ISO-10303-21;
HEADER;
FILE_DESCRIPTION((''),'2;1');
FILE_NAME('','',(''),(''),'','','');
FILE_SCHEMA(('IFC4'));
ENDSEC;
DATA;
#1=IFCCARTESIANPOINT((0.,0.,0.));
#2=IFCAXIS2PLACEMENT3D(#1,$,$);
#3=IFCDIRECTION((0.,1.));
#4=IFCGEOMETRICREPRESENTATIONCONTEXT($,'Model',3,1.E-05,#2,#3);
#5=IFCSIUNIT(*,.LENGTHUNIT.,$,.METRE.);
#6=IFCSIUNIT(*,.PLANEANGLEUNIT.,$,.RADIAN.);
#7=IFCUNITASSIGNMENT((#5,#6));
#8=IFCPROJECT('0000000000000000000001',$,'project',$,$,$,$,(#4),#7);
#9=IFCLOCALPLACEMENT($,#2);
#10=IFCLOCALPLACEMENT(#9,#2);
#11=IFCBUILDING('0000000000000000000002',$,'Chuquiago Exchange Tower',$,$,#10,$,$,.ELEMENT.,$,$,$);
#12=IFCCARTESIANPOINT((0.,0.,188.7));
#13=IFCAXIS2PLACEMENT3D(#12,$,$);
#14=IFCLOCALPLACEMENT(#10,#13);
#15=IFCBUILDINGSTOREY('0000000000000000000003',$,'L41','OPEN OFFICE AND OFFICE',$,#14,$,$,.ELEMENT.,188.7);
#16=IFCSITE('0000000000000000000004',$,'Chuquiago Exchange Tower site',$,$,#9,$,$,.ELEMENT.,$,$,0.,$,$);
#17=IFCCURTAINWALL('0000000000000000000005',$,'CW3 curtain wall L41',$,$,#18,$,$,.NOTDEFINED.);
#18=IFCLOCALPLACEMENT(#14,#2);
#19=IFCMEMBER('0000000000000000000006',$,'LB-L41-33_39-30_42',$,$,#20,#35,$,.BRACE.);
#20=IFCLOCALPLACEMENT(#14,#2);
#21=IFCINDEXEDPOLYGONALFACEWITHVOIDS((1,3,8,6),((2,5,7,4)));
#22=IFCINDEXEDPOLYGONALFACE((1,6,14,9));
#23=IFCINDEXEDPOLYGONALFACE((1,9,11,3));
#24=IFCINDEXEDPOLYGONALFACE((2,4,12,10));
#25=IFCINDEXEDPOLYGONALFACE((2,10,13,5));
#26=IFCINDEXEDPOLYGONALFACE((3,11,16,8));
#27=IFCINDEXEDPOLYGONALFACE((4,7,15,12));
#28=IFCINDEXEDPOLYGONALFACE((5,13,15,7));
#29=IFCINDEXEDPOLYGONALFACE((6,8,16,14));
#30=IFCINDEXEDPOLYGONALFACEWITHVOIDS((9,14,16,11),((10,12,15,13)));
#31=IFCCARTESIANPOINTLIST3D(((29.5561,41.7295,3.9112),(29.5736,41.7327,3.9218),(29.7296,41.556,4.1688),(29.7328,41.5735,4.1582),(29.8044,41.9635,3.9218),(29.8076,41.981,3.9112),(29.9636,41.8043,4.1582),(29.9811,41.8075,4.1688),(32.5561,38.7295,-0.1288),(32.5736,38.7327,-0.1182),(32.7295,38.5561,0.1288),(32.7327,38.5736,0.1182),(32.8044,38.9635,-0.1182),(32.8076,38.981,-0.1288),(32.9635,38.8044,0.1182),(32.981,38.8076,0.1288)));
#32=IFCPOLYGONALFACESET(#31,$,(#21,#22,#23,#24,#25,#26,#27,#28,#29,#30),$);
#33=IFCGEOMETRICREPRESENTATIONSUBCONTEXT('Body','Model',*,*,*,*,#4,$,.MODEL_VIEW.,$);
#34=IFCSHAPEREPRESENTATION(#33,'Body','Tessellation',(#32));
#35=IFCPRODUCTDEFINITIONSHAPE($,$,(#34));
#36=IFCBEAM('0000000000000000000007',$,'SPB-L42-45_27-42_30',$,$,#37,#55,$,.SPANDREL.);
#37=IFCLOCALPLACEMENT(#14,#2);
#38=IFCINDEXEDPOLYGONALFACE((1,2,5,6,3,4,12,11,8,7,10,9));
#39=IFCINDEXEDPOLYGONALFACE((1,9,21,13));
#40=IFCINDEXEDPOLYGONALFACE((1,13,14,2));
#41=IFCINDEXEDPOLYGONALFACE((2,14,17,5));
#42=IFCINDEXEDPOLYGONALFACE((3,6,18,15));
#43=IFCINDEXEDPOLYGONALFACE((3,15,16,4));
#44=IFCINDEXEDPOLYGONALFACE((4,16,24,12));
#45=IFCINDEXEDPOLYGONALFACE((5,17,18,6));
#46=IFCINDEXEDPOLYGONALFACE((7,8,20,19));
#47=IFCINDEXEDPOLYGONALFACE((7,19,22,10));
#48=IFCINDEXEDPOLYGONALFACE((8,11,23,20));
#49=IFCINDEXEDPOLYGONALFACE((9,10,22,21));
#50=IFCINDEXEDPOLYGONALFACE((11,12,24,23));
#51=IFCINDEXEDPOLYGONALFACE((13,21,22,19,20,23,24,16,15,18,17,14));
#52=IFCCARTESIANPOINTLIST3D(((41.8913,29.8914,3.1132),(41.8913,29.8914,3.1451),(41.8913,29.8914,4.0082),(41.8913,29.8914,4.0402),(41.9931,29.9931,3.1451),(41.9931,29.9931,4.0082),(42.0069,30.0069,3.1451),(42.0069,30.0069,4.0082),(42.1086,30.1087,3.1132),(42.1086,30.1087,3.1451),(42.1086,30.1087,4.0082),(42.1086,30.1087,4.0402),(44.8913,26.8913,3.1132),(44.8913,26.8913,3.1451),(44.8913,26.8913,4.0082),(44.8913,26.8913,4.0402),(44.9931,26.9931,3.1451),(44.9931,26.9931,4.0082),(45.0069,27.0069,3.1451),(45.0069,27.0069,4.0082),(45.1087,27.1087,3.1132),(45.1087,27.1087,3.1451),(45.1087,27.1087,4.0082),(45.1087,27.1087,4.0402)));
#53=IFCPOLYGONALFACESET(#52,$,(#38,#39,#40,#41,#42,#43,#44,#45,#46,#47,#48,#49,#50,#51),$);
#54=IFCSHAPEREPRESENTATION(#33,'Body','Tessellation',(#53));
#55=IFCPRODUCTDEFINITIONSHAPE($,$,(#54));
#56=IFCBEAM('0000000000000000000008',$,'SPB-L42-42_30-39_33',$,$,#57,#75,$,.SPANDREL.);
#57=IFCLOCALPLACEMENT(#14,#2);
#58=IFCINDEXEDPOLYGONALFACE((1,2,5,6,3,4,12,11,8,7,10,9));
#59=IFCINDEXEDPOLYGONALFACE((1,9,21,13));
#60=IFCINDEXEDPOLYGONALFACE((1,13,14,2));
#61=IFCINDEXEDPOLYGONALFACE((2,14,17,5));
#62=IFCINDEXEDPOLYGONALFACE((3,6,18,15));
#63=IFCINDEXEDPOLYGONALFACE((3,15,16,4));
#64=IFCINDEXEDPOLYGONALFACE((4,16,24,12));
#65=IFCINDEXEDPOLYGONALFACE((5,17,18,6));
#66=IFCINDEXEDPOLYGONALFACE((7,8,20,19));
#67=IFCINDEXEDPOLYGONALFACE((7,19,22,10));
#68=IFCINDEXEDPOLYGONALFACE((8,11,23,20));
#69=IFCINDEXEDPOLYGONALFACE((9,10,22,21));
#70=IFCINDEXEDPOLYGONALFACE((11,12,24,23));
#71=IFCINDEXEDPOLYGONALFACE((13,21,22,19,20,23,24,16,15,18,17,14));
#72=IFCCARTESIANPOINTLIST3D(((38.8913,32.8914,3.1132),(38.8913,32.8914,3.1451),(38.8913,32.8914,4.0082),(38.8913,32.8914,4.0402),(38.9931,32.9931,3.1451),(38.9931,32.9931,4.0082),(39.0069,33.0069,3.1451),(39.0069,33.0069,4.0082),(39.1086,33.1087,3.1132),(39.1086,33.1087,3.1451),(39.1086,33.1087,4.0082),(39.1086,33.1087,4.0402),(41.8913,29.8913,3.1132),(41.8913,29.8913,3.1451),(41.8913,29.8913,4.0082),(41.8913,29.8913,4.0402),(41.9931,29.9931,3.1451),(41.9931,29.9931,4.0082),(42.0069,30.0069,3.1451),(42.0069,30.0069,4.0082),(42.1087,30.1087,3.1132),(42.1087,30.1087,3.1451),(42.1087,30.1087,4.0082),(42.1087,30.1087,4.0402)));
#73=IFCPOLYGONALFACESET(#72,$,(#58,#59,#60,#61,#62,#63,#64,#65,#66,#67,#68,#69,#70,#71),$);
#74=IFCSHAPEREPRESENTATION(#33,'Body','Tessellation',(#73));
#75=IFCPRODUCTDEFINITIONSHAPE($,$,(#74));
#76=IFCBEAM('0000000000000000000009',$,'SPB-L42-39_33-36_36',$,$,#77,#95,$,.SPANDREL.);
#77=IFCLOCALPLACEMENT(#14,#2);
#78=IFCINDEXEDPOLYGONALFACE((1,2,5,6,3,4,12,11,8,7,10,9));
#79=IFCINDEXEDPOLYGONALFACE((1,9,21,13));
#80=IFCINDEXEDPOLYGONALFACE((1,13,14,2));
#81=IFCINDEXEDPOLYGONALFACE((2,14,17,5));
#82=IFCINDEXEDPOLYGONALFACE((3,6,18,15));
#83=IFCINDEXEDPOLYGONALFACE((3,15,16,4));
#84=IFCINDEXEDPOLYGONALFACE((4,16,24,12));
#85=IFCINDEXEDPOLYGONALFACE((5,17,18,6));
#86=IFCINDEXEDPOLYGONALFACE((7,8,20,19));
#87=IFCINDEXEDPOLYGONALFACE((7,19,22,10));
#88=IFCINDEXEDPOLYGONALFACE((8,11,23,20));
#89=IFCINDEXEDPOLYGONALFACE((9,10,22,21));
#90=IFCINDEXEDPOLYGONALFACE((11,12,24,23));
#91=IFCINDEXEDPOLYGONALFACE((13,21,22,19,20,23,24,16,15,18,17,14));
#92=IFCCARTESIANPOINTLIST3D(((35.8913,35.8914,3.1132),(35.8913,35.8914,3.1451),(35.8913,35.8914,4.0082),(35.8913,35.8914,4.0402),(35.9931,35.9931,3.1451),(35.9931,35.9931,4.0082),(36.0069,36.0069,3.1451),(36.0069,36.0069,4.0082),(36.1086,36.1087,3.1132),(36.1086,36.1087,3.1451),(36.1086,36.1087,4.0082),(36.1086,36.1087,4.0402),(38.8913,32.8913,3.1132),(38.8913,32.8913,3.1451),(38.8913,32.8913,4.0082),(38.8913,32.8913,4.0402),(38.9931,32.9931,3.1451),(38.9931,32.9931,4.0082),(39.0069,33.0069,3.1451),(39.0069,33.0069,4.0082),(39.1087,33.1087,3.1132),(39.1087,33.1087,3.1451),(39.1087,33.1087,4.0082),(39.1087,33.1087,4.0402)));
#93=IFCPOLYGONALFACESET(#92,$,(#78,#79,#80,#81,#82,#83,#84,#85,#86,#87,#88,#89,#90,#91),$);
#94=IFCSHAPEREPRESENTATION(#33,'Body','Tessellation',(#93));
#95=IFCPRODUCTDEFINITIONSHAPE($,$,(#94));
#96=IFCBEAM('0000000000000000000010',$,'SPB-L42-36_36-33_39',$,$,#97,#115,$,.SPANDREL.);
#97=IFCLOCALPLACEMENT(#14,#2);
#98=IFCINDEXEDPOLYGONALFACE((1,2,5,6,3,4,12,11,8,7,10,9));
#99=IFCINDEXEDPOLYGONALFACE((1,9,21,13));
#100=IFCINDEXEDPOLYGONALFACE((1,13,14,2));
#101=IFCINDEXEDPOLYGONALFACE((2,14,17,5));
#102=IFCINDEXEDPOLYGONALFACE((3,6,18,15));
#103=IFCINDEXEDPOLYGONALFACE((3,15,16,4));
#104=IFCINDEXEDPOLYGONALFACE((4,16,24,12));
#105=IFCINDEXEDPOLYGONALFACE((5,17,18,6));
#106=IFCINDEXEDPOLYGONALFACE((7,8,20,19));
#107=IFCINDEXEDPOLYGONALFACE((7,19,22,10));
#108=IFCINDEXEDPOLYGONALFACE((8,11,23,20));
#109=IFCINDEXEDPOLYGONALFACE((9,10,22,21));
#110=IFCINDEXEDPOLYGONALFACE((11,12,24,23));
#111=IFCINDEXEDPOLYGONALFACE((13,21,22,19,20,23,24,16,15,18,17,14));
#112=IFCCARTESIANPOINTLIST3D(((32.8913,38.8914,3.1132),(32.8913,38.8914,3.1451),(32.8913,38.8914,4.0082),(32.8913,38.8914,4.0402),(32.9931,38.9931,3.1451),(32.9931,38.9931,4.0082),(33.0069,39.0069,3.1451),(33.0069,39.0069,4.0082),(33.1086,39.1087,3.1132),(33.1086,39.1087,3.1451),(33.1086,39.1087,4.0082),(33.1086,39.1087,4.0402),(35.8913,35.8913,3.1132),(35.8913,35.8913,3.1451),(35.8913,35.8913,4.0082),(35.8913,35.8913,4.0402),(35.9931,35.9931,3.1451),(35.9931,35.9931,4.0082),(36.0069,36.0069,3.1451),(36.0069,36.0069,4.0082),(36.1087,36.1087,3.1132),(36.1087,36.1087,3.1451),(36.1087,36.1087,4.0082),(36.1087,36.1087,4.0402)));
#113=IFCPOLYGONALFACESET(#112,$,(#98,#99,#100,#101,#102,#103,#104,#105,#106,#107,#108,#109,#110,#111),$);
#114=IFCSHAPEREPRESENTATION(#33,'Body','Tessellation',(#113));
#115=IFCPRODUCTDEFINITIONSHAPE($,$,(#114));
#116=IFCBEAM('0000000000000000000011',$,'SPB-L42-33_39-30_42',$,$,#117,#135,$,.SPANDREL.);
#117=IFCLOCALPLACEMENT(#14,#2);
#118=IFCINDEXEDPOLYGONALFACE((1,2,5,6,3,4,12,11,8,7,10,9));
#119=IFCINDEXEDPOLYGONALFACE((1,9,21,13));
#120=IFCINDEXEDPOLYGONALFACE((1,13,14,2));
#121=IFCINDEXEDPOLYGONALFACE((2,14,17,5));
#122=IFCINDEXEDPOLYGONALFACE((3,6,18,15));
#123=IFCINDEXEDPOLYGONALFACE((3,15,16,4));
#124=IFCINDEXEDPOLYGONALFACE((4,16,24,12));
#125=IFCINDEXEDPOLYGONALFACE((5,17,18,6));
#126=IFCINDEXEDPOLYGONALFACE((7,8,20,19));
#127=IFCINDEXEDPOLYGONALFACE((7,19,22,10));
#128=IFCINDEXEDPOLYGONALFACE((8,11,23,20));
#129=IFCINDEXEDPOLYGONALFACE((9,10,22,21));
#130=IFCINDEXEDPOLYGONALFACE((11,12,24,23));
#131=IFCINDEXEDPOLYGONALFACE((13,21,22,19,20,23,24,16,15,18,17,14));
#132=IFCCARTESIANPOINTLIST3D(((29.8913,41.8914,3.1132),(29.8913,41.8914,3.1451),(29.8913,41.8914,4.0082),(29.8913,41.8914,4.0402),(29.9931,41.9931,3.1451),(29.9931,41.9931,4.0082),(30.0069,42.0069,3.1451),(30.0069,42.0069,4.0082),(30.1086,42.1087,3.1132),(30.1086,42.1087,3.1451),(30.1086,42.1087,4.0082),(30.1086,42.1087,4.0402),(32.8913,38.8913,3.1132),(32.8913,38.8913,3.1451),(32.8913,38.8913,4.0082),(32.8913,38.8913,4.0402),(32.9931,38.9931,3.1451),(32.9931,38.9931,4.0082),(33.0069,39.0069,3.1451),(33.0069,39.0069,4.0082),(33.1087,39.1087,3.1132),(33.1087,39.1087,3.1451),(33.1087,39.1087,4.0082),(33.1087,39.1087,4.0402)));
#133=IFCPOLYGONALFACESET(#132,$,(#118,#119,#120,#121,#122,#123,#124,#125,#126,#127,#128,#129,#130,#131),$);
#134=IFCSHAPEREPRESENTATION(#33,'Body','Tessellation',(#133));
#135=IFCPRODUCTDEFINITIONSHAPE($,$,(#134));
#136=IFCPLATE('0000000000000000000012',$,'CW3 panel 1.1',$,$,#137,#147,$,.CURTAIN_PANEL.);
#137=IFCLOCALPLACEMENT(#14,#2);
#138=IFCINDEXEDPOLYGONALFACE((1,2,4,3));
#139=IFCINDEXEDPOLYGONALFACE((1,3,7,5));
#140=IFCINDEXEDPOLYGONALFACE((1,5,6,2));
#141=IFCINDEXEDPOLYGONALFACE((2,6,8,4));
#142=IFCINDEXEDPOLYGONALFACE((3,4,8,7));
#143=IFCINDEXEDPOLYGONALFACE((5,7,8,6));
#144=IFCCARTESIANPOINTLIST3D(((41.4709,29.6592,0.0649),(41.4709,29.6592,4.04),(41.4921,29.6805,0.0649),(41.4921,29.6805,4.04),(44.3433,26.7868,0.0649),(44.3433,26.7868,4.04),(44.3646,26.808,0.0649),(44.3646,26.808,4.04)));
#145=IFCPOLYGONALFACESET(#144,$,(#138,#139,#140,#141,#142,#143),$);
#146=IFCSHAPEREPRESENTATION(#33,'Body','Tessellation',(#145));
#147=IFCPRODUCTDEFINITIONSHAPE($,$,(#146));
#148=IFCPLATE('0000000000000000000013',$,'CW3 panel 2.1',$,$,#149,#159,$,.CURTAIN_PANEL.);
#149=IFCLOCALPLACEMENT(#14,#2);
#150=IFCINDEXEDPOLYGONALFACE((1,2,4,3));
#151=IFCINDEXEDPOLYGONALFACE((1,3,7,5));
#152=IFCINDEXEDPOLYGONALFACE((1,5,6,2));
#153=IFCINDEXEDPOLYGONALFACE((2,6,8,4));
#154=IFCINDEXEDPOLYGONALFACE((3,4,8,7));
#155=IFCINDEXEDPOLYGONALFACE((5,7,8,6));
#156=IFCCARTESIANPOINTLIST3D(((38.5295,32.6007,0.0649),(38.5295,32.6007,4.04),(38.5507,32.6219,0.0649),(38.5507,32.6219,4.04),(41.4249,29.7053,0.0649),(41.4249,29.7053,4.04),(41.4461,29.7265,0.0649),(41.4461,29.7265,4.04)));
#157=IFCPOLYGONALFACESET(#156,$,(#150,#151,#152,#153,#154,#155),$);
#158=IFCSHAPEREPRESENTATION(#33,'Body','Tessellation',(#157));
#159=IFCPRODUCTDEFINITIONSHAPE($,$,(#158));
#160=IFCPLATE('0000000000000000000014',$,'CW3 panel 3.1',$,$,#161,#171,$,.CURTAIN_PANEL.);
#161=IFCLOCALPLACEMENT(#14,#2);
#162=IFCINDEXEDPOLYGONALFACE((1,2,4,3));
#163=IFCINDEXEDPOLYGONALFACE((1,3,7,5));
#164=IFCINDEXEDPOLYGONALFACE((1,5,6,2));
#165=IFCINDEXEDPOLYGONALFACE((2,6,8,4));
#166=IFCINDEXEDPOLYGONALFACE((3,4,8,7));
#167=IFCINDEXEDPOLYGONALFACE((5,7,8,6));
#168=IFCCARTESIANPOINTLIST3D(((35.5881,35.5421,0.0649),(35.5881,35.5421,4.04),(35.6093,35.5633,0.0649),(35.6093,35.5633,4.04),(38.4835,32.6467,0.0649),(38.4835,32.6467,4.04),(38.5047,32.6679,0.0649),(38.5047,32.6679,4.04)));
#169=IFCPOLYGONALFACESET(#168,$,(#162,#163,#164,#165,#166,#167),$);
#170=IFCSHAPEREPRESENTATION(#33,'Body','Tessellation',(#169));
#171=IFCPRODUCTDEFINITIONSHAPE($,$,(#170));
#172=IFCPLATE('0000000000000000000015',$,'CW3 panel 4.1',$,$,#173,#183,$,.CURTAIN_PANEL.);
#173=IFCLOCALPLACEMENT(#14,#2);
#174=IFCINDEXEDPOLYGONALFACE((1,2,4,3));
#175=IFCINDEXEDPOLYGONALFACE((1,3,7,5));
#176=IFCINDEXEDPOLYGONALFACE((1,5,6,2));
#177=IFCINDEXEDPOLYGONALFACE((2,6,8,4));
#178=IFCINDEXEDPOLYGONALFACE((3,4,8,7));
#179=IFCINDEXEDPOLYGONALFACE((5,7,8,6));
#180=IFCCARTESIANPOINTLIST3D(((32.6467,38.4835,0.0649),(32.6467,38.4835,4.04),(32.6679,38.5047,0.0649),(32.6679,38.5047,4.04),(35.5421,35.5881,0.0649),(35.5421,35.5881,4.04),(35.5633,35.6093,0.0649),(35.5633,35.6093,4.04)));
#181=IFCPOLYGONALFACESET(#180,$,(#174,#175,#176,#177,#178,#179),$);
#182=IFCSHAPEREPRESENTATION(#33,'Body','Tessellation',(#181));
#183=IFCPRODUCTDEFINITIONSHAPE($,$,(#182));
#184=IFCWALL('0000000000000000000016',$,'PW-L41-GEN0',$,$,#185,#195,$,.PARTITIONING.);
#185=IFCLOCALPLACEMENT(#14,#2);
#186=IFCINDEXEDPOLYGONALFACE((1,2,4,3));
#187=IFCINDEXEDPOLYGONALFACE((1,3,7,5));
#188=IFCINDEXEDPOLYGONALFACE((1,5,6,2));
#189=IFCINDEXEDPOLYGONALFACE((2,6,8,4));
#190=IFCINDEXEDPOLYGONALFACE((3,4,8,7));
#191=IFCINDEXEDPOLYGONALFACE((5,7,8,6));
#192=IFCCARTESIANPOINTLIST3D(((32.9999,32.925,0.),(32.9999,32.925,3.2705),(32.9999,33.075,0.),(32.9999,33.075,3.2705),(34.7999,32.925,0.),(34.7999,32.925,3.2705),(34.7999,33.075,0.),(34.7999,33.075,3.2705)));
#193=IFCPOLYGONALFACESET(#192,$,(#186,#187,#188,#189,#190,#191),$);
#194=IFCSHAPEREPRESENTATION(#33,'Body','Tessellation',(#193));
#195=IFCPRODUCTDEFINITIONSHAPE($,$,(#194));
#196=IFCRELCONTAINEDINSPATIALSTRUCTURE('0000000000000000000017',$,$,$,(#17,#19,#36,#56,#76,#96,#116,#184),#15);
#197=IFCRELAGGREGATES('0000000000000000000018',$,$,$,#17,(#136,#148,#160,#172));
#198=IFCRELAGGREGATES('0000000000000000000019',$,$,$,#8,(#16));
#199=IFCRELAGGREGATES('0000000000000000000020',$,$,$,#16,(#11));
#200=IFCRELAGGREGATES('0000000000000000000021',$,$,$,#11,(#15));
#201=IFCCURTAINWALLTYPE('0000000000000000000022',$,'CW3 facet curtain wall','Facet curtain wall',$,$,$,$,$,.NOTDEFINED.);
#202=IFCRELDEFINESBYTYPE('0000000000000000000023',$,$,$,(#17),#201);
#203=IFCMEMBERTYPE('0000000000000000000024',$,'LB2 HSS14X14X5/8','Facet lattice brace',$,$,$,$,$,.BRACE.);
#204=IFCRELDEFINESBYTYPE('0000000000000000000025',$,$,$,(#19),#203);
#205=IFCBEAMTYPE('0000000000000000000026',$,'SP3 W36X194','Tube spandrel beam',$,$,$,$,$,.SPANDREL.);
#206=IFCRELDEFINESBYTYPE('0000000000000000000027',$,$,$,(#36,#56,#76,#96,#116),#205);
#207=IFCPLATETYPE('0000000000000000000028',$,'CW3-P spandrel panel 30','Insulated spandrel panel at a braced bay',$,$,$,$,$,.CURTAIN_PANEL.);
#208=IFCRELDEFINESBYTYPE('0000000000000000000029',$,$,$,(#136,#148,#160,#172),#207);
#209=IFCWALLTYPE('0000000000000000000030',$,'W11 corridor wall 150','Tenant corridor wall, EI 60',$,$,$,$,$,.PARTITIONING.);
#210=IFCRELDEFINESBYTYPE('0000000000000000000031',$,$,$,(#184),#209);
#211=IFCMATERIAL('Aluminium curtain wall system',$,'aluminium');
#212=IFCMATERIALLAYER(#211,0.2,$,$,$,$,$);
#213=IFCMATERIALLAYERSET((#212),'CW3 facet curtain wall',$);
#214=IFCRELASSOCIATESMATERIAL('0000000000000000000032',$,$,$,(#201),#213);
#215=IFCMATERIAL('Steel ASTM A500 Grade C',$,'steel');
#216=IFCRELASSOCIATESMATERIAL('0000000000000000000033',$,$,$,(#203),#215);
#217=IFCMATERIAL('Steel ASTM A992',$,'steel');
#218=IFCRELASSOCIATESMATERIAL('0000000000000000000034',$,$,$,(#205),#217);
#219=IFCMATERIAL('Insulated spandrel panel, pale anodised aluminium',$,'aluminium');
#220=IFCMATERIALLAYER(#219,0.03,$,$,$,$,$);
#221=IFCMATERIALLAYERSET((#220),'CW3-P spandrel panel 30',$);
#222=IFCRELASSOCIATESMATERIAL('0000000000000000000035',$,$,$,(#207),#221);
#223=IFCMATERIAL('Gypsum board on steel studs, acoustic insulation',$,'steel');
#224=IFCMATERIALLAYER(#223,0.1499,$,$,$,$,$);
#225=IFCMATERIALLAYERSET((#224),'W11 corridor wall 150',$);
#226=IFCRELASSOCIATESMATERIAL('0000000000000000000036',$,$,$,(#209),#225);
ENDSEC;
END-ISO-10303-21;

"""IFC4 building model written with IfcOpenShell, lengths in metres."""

from ifc_helpers import new_model, si_unit, direction, frame, frame_2d, origin, origin_2d, place, context, subcontext, project, spatial, rectangle, hollow_rectangle, i_section, extrude, material, layer, layer_set, material_profile, profile_set, type_object, element, aggregate, save


model = new_model("IFC4")

# Units and contexts
model_context = context("Model", 3, precision=1e-05, world=origin(), true_north=direction((0.0, 1.0)))
body_context = subcontext(model_context, "Body", "Model", "MODEL_VIEW")
ifc_project = project(units=[si_unit("LENGTHUNIT", "METRE"), si_unit("PLANEANGLEUNIT", "RADIAN")], contexts=[model_context])

# Site, building, storey
site_placement = place(None, origin())
site = spatial("IfcSite", under=ifc_project, at=site_placement, Name="Chuquiago Exchange Tower site", CompositionType="ELEMENT", RefElevation=0.0)
building_placement = place(site_placement, origin())
building = spatial("IfcBuilding", under=site, at=building_placement, Name="Chuquiago Exchange Tower", CompositionType="ELEMENT")
storey_placement = place(building_placement, frame((0.0, 0.0, 188.7)))
storey = spatial("IfcBuildingStorey", under=building, at=storey_placement, Name="L41", Description="OPEN OFFICE AND OFFICE", CompositionType="ELEMENT", Elevation=188.7)

# Curtain wall
ifc_material_1 = material(Name="Aluminium curtain wall system", Category="aluminium")
ifc_layer_1 = layer(ifc_material_1, 0.2)
ifc_layer_set_1 = layer_set([ifc_layer_1], Name="CW3 facet curtain wall")
curtain_wall_type = type_object("IfcCurtainWallType", Name="CW3 facet curtain wall", Description="Facet curtain wall", PredefinedType="NOTDEFINED", material=ifc_layer_set_1)
curtain_wall_placement = place(storey_placement, origin())
curtain_wall = element("IfcCurtainWall", 1, at=curtain_wall_placement, inside=storey, type_object=curtain_wall_type, Name="CW3 curtain wall L41", PredefinedType="NOTDEFINED")

# Member
ifc_material_2 = material(Name="Steel ASTM A500 Grade C", Category="steel")
ifc_material_profile_1 = material_profile(ifc_material_2, hollow_rectangle(XDim=0.3557, YDim=0.3557, WallThickness=0.0146, at=origin_2d()), Name="HSS14X14X5/8")
ifc_profile_set_1 = profile_set([ifc_material_profile_1], Name="Steel ASTM A500 Grade C")
member_type_1 = type_object("IfcMemberType", Name="LB2 HSS14X14X5/8", Description="Facet lattice brace", PredefinedType="BRACE", material=ifc_profile_set_1)
for number, where, z_axis, x_axis, name in (
    (2, (32.7686, 38.7686, 0.0), (-0.512077, 0.512077, 0.689604), (-0.707107, -0.707107, 0.0), "LB-L41-33_39-30_42"),
):
    element("IfcMember", number, at=place(storey_placement, frame(where, z_axis=z_axis, x_axis=x_axis)), inside=storey, type_object=member_type_1, Name=name, PredefinedType="BRACE", context=body_context, shape_type="SweptSolid", body=[
        extrude(hollow_rectangle(XDim=0.3557, YDim=0.3557, WallThickness=0.0146, at=origin_2d()), origin(), (0.0, 0.0, 1.0), 5.8584),
    ])

# Beams
ifc_material_3 = material(Name="Steel ASTM A992", Category="steel")
ifc_material_profile_2 = material_profile(ifc_material_3, i_section(OverallWidth=0.3074, OverallDepth=0.927, WebThickness=0.0195, FlangeThickness=0.032, at=origin_2d()), Name="W36X194")
ifc_profile_set_2 = profile_set([ifc_material_profile_2], Name="Steel ASTM A992")
beam_type_1 = type_object("IfcBeamType", Name="SP3 W36X194", Description="Tube spandrel beam", PredefinedType="SPANDREL", material=ifc_profile_set_2)
for number, where, z_axis, x_axis, name in (
    (3, (45.0, 27.0, 3.5767), (-0.707107, 0.707107, 0.0), (-0.707107, -0.707107, 0.0), "SPB-L42-45_27-42_30"),
    (4, (42.0, 30.0, 3.5767), (-0.707107, 0.707107, 0.0), (-0.707107, -0.707107, 0.0), "SPB-L42-42_30-39_33"),
    (5, (39.0, 33.0, 3.5767), (-0.707107, 0.707107, 0.0), (-0.707107, -0.707107, 0.0), "SPB-L42-39_33-36_36"),
    (6, (36.0, 36.0, 3.5767), (-0.707107, 0.707107, 0.0), (-0.707107, -0.707107, 0.0), "SPB-L42-36_36-33_39"),
    (7, (33.0, 39.0, 3.5767), (-0.707107, 0.707107, 0.0), (-0.707107, -0.707107, 0.0), "SPB-L42-33_39-30_42"),
):
    element("IfcBeam", number, at=place(storey_placement, frame(where, z_axis=z_axis, x_axis=x_axis)), inside=storey, type_object=beam_type_1, Name=name, PredefinedType="SPANDREL", context=body_context, shape_type="SweptSolid", body=[
        extrude(i_section(OverallWidth=0.3074, OverallDepth=0.927, WebThickness=0.0195, FlangeThickness=0.032, at=origin_2d()), origin(), (0.0, 0.0, 1.0), 4.2427),
    ])

# Plates
ifc_material_4 = material(Name="Insulated spandrel panel, pale anodised aluminium", Category="aluminium")
ifc_layer_2 = layer(ifc_material_4, 0.03)
ifc_layer_set_2 = layer_set([ifc_layer_2], Name="CW3-P spandrel panel 30")
plate_type = type_object("IfcPlateType", Name="CW3-P spandrel panel 30", Description="Insulated spandrel panel at a braced bay", PredefinedType="CURTAIN_PANEL", material=ifc_layer_set_2)
plate_1_placement = place(storey_placement, frame((42.9177, 28.2336, 0.0649), z_axis=(0.0, 0.0, 1.0), x_axis=(-0.707107, 0.707107, 0.0)))
plate_1 = element("IfcPlate", 8, at=plate_1_placement, type_object=plate_type, Name="CW3 panel 1.1", PredefinedType="CURTAIN_PANEL", context=body_context, shape_type="SweptSolid", body=[
    extrude(rectangle(XDim=4.0623, YDim=0.03, at=origin_2d()), origin(), (0.0, 0.0, 1.0), 3.9751),
])
plate_2_placement = place(storey_placement, frame((39.9878, 31.1636, 0.0649), z_axis=(0.0, 0.0, 1.0), x_axis=(-0.707107, 0.707107, 0.0)))
plate_2 = element("IfcPlate", 9, at=plate_2_placement, type_object=plate_type, Name="CW3 panel 2.1", PredefinedType="CURTAIN_PANEL", context=body_context, shape_type="SweptSolid", body=[
    extrude(rectangle(XDim=4.0947, YDim=0.03, at=origin_2d()), origin(), (0.0, 0.0, 1.0), 3.9751),
])
plate_3_placement = place(storey_placement, frame((37.0464, 34.105, 0.0649), z_axis=(0.0, 0.0, 1.0), x_axis=(-0.707107, 0.707107, 0.0)))
plate_3 = element("IfcPlate", 10, at=plate_3_placement, type_object=plate_type, Name="CW3 panel 3.1", PredefinedType="CURTAIN_PANEL", context=body_context, shape_type="SweptSolid", body=[
    extrude(rectangle(XDim=4.0947, YDim=0.03, at=origin_2d()), origin(), (0.0, 0.0, 1.0), 3.9751),
])
plate_4_placement = place(storey_placement, frame((34.105, 37.0464, 0.0649), z_axis=(0.0, 0.0, 1.0), x_axis=(-0.707107, 0.707107, 0.0)))
plate_4 = element("IfcPlate", 11, at=plate_4_placement, type_object=plate_type, Name="CW3 panel 4.1", PredefinedType="CURTAIN_PANEL", context=body_context, shape_type="SweptSolid", body=[
    extrude(rectangle(XDim=4.0947, YDim=0.03, at=origin_2d()), origin(), (0.0, 0.0, 1.0), 3.9751),
])
aggregate(curtain_wall, [plate_1, plate_2, plate_3, plate_4])

# Wall
ifc_material_5 = material(Name="Gypsum board on steel studs, acoustic insulation", Category="steel")
ifc_layer_3 = layer(ifc_material_5, 0.1499)
ifc_layer_set_3 = layer_set([ifc_layer_3], Name="W11 corridor wall 150")
wall_type_1 = type_object("IfcWallType", Name="W11 corridor wall 150", Description="Tenant corridor wall, EI 60", PredefinedType="PARTITIONING", material=ifc_layer_set_3)
wall_1_placement = place(storey_placement, frame((33.0, 33.0, 0.0), z_axis=(0.0, 0.0, 1.0), x_axis=(1.0, 0.0, 0.0)))
element("IfcWall", 12, at=wall_1_placement, inside=storey, type_object=wall_type_1, Name="PW-L41-GEN0", PredefinedType="PARTITIONING", context=body_context, shape_type="SweptSolid", body=[
    extrude(rectangle(XDim=1.8, YDim=0.1499, at=frame_2d((0.8999, 0.0))), origin(), (0.0, 0.0, 1.0), 3.2705),
])

save(model, "model.ifc")
